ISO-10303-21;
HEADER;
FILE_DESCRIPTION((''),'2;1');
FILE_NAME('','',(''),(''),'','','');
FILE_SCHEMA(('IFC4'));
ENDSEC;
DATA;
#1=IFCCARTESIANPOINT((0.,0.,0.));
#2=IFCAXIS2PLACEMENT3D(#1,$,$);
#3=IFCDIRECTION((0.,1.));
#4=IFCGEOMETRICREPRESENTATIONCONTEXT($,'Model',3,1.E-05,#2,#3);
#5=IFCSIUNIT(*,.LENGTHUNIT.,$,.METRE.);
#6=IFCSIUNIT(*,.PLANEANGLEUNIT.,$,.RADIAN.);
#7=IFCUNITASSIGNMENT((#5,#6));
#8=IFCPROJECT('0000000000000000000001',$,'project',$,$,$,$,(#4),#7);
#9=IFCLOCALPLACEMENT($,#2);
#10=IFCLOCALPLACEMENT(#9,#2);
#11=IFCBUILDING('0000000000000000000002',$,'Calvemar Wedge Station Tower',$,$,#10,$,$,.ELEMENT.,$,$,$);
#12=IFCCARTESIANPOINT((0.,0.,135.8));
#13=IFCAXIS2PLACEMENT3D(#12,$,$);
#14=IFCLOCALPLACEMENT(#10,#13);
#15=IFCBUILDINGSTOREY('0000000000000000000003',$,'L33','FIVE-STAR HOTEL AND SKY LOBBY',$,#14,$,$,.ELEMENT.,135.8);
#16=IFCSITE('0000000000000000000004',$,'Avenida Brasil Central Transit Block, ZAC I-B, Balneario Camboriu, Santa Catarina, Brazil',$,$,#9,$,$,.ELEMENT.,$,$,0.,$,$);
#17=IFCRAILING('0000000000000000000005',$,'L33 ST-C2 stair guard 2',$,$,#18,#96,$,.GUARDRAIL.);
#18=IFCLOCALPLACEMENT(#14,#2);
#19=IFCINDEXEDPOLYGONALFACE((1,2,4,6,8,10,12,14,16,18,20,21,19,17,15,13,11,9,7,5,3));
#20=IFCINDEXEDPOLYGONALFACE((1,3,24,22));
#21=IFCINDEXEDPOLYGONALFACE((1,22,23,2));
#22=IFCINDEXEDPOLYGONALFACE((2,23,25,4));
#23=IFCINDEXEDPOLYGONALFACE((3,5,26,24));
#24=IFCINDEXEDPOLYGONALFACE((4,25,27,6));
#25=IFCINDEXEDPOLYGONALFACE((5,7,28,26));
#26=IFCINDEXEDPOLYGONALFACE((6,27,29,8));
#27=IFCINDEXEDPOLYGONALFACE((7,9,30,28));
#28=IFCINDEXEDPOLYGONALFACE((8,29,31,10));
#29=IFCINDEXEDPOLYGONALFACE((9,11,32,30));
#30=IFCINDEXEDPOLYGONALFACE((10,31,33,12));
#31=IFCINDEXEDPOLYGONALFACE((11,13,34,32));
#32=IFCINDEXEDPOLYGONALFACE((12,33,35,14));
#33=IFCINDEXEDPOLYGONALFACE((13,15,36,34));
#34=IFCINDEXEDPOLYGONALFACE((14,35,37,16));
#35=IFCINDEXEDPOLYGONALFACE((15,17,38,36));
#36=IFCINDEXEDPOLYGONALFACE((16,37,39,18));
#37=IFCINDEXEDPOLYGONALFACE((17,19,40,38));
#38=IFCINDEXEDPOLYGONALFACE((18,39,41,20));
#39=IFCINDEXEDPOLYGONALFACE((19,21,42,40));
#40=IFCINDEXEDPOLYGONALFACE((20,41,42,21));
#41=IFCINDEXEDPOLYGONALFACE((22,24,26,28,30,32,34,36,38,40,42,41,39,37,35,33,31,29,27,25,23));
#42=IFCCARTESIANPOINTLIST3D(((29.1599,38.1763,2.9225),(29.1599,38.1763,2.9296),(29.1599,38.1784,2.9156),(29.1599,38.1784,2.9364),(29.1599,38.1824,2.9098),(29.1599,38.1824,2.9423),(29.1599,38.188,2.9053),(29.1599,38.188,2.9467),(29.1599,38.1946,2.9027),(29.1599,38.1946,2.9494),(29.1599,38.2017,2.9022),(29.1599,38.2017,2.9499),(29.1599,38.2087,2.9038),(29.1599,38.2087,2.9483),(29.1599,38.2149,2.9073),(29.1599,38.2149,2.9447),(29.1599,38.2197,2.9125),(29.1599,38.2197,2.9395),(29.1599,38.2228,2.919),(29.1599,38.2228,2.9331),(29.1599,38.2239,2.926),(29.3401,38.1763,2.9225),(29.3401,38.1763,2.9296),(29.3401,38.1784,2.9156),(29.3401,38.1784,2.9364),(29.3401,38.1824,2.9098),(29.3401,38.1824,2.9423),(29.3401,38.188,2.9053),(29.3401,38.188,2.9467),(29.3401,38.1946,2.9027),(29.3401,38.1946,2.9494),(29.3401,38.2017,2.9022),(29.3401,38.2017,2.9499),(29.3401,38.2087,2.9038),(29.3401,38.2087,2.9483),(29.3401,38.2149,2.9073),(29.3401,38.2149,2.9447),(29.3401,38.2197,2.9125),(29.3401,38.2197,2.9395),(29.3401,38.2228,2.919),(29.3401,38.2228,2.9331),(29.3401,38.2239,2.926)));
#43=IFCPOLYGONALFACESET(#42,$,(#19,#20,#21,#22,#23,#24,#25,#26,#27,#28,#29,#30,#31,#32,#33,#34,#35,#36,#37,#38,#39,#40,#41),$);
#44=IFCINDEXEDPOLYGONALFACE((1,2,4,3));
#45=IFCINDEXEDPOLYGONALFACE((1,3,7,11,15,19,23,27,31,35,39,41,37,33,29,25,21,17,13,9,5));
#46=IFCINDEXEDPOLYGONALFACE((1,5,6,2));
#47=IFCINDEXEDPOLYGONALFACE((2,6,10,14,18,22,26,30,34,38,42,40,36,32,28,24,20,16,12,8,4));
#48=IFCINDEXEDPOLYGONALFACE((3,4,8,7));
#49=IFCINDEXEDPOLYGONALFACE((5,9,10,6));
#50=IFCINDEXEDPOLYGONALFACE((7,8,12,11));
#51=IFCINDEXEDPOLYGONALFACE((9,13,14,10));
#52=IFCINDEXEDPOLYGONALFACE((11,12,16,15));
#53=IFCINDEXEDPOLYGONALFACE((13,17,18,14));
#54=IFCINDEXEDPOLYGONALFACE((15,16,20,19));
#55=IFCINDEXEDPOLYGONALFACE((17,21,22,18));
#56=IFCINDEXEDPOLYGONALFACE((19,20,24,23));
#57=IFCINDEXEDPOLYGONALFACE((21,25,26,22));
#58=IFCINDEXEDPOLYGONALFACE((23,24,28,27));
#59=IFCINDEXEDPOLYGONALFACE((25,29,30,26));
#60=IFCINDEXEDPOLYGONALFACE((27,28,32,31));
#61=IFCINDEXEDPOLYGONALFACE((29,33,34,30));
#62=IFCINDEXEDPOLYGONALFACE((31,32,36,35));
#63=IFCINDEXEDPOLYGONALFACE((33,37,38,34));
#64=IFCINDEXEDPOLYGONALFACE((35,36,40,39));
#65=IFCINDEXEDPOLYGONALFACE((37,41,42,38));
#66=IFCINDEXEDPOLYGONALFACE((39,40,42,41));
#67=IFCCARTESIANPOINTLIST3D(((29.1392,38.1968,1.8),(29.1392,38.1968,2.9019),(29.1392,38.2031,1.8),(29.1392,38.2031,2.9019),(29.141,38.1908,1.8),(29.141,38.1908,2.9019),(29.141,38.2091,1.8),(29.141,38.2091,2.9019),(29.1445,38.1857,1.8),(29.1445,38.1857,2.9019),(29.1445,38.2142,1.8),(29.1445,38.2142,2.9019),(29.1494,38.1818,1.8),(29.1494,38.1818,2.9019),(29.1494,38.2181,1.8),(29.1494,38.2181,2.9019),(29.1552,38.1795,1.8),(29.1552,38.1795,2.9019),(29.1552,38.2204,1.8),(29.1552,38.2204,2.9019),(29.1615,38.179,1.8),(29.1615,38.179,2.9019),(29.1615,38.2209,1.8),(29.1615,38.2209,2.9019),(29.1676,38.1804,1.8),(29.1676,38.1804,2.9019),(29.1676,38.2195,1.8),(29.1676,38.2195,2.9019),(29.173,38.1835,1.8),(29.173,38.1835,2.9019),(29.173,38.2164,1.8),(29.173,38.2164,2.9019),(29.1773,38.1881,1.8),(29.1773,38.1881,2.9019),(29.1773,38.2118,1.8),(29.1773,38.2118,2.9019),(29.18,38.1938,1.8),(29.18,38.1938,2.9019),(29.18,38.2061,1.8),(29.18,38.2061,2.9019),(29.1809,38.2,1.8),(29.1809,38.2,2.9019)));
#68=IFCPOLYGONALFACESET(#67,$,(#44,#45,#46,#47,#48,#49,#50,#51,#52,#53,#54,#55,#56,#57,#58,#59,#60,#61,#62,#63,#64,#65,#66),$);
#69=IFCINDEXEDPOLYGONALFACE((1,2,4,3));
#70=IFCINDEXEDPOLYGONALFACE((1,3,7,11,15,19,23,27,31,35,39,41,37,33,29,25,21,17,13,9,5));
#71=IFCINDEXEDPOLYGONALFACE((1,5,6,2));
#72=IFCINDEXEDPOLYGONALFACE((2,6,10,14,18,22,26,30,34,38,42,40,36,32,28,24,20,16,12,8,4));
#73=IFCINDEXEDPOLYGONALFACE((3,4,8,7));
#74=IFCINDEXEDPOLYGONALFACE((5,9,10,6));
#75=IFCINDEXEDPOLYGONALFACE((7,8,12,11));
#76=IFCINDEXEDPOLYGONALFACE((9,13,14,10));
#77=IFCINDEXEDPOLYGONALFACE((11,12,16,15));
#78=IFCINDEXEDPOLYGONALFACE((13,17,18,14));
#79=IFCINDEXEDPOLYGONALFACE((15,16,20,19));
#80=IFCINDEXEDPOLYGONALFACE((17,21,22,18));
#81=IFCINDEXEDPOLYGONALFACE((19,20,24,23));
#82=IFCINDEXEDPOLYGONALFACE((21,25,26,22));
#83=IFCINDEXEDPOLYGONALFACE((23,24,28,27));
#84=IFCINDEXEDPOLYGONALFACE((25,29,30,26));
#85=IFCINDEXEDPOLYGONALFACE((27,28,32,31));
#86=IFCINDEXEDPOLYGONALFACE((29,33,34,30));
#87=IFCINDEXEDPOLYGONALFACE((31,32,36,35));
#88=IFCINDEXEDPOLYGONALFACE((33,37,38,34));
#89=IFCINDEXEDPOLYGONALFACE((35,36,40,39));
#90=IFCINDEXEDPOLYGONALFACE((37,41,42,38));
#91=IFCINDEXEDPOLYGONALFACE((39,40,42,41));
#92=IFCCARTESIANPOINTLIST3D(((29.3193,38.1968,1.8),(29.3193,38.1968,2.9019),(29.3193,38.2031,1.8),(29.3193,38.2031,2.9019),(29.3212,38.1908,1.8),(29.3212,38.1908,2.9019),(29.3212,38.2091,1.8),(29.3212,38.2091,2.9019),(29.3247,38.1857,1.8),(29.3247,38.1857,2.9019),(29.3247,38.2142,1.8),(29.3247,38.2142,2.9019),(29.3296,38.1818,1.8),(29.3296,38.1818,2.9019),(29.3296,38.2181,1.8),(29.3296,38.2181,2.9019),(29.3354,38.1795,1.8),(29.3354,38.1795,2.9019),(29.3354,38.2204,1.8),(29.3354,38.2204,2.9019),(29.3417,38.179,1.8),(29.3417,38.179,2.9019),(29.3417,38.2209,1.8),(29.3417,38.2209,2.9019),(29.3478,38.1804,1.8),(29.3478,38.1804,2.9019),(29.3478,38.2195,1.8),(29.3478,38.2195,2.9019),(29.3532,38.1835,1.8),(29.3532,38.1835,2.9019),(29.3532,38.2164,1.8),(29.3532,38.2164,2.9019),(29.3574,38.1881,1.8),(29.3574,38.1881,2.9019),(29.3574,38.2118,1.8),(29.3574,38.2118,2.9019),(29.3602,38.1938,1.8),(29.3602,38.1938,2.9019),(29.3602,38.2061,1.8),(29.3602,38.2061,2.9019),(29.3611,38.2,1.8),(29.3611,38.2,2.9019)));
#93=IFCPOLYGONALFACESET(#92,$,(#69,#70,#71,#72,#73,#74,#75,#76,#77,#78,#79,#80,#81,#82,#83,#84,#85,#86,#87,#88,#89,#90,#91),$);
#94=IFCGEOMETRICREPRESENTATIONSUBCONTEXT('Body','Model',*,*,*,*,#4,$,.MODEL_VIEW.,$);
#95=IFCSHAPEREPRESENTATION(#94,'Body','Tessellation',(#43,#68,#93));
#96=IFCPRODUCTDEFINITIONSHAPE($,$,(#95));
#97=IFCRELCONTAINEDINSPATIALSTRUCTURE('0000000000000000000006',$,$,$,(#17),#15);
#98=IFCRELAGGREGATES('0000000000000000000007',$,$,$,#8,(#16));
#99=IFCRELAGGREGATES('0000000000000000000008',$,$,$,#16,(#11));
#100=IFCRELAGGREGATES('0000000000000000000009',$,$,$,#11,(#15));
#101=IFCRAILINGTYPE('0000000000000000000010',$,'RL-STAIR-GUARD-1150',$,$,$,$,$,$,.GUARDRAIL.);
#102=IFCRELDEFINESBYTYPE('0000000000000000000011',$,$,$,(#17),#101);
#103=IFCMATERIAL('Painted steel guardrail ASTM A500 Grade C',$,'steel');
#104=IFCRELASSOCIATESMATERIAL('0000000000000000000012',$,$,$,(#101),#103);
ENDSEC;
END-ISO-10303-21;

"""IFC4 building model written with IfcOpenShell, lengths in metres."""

from ifc_helpers import new_model, si_unit, direction, frame, origin, origin_2d, place, context, subcontext, project, spatial, circle, extrude, material, type_object, element, save


model = new_model("IFC4")

# Units and contexts
model_context = context("Model", 3, precision=1e-05, world=origin(), true_north=direction((0.0, 1.0)))
body_context = subcontext(model_context, "Body", "Model", "MODEL_VIEW")
ifc_project = project(units=[si_unit("LENGTHUNIT", "METRE"), si_unit("PLANEANGLEUNIT", "RADIAN")], contexts=[model_context])

# Site, building, storey
site_placement = place(None, origin())
site = spatial("IfcSite", under=ifc_project, at=site_placement, Name="Avenida Brasil Central Transit Block, ZAC I-B, Balneario Camboriu, Santa Catarina, Brazil", CompositionType="ELEMENT", RefElevation=0.0)
building_placement = place(site_placement, origin())
building = spatial("IfcBuilding", under=site, at=building_placement, Name="Calvemar Wedge Station Tower", CompositionType="ELEMENT")
storey_placement = place(building_placement, frame((0.0, 0.0, 135.8)))
storey = spatial("IfcBuildingStorey", under=building, at=storey_placement, Name="L33", Description="FIVE-STAR HOTEL AND SKY LOBBY", CompositionType="ELEMENT", Elevation=135.8)

# Railing
ifc_material_1 = material(Name="Painted steel guardrail ASTM A500 Grade C", Category="steel")
railing_type_1 = type_object("IfcRailingType", Name="RL-STAIR-GUARD-1150", PredefinedType="GUARDRAIL", material=ifc_material_1)
railing_1_placement = place(storey_placement, frame((29.1599, 38.2, 1.8)))
element("IfcRailing", 1, at=railing_1_placement, inside=storey, type_object=railing_type_1, Name="L33 ST-C2 stair guard 2", PredefinedType="GUARDRAIL", context=body_context, shape_type="SweptSolid", body=[
    extrude(circle(Radius=0.0239, at=origin_2d()), frame((0.0, 0.0, 1.126), z_axis=(1.0, 0.0, 0.0), x_axis=(0.0, 1.0, 0.0)), (0.0, 0.0, 1.0), 0.1802),
    extrude(circle(Radius=0.021, at=origin_2d()), origin(), (0.0, 0.0, 1.0), 1.1018),
    extrude(circle(Radius=0.021, at=origin_2d()), frame((0.1802, 0.0, 0.0)), (0.0, 0.0, 1.0), 1.1018),
])

save(model, "model.ifc")
